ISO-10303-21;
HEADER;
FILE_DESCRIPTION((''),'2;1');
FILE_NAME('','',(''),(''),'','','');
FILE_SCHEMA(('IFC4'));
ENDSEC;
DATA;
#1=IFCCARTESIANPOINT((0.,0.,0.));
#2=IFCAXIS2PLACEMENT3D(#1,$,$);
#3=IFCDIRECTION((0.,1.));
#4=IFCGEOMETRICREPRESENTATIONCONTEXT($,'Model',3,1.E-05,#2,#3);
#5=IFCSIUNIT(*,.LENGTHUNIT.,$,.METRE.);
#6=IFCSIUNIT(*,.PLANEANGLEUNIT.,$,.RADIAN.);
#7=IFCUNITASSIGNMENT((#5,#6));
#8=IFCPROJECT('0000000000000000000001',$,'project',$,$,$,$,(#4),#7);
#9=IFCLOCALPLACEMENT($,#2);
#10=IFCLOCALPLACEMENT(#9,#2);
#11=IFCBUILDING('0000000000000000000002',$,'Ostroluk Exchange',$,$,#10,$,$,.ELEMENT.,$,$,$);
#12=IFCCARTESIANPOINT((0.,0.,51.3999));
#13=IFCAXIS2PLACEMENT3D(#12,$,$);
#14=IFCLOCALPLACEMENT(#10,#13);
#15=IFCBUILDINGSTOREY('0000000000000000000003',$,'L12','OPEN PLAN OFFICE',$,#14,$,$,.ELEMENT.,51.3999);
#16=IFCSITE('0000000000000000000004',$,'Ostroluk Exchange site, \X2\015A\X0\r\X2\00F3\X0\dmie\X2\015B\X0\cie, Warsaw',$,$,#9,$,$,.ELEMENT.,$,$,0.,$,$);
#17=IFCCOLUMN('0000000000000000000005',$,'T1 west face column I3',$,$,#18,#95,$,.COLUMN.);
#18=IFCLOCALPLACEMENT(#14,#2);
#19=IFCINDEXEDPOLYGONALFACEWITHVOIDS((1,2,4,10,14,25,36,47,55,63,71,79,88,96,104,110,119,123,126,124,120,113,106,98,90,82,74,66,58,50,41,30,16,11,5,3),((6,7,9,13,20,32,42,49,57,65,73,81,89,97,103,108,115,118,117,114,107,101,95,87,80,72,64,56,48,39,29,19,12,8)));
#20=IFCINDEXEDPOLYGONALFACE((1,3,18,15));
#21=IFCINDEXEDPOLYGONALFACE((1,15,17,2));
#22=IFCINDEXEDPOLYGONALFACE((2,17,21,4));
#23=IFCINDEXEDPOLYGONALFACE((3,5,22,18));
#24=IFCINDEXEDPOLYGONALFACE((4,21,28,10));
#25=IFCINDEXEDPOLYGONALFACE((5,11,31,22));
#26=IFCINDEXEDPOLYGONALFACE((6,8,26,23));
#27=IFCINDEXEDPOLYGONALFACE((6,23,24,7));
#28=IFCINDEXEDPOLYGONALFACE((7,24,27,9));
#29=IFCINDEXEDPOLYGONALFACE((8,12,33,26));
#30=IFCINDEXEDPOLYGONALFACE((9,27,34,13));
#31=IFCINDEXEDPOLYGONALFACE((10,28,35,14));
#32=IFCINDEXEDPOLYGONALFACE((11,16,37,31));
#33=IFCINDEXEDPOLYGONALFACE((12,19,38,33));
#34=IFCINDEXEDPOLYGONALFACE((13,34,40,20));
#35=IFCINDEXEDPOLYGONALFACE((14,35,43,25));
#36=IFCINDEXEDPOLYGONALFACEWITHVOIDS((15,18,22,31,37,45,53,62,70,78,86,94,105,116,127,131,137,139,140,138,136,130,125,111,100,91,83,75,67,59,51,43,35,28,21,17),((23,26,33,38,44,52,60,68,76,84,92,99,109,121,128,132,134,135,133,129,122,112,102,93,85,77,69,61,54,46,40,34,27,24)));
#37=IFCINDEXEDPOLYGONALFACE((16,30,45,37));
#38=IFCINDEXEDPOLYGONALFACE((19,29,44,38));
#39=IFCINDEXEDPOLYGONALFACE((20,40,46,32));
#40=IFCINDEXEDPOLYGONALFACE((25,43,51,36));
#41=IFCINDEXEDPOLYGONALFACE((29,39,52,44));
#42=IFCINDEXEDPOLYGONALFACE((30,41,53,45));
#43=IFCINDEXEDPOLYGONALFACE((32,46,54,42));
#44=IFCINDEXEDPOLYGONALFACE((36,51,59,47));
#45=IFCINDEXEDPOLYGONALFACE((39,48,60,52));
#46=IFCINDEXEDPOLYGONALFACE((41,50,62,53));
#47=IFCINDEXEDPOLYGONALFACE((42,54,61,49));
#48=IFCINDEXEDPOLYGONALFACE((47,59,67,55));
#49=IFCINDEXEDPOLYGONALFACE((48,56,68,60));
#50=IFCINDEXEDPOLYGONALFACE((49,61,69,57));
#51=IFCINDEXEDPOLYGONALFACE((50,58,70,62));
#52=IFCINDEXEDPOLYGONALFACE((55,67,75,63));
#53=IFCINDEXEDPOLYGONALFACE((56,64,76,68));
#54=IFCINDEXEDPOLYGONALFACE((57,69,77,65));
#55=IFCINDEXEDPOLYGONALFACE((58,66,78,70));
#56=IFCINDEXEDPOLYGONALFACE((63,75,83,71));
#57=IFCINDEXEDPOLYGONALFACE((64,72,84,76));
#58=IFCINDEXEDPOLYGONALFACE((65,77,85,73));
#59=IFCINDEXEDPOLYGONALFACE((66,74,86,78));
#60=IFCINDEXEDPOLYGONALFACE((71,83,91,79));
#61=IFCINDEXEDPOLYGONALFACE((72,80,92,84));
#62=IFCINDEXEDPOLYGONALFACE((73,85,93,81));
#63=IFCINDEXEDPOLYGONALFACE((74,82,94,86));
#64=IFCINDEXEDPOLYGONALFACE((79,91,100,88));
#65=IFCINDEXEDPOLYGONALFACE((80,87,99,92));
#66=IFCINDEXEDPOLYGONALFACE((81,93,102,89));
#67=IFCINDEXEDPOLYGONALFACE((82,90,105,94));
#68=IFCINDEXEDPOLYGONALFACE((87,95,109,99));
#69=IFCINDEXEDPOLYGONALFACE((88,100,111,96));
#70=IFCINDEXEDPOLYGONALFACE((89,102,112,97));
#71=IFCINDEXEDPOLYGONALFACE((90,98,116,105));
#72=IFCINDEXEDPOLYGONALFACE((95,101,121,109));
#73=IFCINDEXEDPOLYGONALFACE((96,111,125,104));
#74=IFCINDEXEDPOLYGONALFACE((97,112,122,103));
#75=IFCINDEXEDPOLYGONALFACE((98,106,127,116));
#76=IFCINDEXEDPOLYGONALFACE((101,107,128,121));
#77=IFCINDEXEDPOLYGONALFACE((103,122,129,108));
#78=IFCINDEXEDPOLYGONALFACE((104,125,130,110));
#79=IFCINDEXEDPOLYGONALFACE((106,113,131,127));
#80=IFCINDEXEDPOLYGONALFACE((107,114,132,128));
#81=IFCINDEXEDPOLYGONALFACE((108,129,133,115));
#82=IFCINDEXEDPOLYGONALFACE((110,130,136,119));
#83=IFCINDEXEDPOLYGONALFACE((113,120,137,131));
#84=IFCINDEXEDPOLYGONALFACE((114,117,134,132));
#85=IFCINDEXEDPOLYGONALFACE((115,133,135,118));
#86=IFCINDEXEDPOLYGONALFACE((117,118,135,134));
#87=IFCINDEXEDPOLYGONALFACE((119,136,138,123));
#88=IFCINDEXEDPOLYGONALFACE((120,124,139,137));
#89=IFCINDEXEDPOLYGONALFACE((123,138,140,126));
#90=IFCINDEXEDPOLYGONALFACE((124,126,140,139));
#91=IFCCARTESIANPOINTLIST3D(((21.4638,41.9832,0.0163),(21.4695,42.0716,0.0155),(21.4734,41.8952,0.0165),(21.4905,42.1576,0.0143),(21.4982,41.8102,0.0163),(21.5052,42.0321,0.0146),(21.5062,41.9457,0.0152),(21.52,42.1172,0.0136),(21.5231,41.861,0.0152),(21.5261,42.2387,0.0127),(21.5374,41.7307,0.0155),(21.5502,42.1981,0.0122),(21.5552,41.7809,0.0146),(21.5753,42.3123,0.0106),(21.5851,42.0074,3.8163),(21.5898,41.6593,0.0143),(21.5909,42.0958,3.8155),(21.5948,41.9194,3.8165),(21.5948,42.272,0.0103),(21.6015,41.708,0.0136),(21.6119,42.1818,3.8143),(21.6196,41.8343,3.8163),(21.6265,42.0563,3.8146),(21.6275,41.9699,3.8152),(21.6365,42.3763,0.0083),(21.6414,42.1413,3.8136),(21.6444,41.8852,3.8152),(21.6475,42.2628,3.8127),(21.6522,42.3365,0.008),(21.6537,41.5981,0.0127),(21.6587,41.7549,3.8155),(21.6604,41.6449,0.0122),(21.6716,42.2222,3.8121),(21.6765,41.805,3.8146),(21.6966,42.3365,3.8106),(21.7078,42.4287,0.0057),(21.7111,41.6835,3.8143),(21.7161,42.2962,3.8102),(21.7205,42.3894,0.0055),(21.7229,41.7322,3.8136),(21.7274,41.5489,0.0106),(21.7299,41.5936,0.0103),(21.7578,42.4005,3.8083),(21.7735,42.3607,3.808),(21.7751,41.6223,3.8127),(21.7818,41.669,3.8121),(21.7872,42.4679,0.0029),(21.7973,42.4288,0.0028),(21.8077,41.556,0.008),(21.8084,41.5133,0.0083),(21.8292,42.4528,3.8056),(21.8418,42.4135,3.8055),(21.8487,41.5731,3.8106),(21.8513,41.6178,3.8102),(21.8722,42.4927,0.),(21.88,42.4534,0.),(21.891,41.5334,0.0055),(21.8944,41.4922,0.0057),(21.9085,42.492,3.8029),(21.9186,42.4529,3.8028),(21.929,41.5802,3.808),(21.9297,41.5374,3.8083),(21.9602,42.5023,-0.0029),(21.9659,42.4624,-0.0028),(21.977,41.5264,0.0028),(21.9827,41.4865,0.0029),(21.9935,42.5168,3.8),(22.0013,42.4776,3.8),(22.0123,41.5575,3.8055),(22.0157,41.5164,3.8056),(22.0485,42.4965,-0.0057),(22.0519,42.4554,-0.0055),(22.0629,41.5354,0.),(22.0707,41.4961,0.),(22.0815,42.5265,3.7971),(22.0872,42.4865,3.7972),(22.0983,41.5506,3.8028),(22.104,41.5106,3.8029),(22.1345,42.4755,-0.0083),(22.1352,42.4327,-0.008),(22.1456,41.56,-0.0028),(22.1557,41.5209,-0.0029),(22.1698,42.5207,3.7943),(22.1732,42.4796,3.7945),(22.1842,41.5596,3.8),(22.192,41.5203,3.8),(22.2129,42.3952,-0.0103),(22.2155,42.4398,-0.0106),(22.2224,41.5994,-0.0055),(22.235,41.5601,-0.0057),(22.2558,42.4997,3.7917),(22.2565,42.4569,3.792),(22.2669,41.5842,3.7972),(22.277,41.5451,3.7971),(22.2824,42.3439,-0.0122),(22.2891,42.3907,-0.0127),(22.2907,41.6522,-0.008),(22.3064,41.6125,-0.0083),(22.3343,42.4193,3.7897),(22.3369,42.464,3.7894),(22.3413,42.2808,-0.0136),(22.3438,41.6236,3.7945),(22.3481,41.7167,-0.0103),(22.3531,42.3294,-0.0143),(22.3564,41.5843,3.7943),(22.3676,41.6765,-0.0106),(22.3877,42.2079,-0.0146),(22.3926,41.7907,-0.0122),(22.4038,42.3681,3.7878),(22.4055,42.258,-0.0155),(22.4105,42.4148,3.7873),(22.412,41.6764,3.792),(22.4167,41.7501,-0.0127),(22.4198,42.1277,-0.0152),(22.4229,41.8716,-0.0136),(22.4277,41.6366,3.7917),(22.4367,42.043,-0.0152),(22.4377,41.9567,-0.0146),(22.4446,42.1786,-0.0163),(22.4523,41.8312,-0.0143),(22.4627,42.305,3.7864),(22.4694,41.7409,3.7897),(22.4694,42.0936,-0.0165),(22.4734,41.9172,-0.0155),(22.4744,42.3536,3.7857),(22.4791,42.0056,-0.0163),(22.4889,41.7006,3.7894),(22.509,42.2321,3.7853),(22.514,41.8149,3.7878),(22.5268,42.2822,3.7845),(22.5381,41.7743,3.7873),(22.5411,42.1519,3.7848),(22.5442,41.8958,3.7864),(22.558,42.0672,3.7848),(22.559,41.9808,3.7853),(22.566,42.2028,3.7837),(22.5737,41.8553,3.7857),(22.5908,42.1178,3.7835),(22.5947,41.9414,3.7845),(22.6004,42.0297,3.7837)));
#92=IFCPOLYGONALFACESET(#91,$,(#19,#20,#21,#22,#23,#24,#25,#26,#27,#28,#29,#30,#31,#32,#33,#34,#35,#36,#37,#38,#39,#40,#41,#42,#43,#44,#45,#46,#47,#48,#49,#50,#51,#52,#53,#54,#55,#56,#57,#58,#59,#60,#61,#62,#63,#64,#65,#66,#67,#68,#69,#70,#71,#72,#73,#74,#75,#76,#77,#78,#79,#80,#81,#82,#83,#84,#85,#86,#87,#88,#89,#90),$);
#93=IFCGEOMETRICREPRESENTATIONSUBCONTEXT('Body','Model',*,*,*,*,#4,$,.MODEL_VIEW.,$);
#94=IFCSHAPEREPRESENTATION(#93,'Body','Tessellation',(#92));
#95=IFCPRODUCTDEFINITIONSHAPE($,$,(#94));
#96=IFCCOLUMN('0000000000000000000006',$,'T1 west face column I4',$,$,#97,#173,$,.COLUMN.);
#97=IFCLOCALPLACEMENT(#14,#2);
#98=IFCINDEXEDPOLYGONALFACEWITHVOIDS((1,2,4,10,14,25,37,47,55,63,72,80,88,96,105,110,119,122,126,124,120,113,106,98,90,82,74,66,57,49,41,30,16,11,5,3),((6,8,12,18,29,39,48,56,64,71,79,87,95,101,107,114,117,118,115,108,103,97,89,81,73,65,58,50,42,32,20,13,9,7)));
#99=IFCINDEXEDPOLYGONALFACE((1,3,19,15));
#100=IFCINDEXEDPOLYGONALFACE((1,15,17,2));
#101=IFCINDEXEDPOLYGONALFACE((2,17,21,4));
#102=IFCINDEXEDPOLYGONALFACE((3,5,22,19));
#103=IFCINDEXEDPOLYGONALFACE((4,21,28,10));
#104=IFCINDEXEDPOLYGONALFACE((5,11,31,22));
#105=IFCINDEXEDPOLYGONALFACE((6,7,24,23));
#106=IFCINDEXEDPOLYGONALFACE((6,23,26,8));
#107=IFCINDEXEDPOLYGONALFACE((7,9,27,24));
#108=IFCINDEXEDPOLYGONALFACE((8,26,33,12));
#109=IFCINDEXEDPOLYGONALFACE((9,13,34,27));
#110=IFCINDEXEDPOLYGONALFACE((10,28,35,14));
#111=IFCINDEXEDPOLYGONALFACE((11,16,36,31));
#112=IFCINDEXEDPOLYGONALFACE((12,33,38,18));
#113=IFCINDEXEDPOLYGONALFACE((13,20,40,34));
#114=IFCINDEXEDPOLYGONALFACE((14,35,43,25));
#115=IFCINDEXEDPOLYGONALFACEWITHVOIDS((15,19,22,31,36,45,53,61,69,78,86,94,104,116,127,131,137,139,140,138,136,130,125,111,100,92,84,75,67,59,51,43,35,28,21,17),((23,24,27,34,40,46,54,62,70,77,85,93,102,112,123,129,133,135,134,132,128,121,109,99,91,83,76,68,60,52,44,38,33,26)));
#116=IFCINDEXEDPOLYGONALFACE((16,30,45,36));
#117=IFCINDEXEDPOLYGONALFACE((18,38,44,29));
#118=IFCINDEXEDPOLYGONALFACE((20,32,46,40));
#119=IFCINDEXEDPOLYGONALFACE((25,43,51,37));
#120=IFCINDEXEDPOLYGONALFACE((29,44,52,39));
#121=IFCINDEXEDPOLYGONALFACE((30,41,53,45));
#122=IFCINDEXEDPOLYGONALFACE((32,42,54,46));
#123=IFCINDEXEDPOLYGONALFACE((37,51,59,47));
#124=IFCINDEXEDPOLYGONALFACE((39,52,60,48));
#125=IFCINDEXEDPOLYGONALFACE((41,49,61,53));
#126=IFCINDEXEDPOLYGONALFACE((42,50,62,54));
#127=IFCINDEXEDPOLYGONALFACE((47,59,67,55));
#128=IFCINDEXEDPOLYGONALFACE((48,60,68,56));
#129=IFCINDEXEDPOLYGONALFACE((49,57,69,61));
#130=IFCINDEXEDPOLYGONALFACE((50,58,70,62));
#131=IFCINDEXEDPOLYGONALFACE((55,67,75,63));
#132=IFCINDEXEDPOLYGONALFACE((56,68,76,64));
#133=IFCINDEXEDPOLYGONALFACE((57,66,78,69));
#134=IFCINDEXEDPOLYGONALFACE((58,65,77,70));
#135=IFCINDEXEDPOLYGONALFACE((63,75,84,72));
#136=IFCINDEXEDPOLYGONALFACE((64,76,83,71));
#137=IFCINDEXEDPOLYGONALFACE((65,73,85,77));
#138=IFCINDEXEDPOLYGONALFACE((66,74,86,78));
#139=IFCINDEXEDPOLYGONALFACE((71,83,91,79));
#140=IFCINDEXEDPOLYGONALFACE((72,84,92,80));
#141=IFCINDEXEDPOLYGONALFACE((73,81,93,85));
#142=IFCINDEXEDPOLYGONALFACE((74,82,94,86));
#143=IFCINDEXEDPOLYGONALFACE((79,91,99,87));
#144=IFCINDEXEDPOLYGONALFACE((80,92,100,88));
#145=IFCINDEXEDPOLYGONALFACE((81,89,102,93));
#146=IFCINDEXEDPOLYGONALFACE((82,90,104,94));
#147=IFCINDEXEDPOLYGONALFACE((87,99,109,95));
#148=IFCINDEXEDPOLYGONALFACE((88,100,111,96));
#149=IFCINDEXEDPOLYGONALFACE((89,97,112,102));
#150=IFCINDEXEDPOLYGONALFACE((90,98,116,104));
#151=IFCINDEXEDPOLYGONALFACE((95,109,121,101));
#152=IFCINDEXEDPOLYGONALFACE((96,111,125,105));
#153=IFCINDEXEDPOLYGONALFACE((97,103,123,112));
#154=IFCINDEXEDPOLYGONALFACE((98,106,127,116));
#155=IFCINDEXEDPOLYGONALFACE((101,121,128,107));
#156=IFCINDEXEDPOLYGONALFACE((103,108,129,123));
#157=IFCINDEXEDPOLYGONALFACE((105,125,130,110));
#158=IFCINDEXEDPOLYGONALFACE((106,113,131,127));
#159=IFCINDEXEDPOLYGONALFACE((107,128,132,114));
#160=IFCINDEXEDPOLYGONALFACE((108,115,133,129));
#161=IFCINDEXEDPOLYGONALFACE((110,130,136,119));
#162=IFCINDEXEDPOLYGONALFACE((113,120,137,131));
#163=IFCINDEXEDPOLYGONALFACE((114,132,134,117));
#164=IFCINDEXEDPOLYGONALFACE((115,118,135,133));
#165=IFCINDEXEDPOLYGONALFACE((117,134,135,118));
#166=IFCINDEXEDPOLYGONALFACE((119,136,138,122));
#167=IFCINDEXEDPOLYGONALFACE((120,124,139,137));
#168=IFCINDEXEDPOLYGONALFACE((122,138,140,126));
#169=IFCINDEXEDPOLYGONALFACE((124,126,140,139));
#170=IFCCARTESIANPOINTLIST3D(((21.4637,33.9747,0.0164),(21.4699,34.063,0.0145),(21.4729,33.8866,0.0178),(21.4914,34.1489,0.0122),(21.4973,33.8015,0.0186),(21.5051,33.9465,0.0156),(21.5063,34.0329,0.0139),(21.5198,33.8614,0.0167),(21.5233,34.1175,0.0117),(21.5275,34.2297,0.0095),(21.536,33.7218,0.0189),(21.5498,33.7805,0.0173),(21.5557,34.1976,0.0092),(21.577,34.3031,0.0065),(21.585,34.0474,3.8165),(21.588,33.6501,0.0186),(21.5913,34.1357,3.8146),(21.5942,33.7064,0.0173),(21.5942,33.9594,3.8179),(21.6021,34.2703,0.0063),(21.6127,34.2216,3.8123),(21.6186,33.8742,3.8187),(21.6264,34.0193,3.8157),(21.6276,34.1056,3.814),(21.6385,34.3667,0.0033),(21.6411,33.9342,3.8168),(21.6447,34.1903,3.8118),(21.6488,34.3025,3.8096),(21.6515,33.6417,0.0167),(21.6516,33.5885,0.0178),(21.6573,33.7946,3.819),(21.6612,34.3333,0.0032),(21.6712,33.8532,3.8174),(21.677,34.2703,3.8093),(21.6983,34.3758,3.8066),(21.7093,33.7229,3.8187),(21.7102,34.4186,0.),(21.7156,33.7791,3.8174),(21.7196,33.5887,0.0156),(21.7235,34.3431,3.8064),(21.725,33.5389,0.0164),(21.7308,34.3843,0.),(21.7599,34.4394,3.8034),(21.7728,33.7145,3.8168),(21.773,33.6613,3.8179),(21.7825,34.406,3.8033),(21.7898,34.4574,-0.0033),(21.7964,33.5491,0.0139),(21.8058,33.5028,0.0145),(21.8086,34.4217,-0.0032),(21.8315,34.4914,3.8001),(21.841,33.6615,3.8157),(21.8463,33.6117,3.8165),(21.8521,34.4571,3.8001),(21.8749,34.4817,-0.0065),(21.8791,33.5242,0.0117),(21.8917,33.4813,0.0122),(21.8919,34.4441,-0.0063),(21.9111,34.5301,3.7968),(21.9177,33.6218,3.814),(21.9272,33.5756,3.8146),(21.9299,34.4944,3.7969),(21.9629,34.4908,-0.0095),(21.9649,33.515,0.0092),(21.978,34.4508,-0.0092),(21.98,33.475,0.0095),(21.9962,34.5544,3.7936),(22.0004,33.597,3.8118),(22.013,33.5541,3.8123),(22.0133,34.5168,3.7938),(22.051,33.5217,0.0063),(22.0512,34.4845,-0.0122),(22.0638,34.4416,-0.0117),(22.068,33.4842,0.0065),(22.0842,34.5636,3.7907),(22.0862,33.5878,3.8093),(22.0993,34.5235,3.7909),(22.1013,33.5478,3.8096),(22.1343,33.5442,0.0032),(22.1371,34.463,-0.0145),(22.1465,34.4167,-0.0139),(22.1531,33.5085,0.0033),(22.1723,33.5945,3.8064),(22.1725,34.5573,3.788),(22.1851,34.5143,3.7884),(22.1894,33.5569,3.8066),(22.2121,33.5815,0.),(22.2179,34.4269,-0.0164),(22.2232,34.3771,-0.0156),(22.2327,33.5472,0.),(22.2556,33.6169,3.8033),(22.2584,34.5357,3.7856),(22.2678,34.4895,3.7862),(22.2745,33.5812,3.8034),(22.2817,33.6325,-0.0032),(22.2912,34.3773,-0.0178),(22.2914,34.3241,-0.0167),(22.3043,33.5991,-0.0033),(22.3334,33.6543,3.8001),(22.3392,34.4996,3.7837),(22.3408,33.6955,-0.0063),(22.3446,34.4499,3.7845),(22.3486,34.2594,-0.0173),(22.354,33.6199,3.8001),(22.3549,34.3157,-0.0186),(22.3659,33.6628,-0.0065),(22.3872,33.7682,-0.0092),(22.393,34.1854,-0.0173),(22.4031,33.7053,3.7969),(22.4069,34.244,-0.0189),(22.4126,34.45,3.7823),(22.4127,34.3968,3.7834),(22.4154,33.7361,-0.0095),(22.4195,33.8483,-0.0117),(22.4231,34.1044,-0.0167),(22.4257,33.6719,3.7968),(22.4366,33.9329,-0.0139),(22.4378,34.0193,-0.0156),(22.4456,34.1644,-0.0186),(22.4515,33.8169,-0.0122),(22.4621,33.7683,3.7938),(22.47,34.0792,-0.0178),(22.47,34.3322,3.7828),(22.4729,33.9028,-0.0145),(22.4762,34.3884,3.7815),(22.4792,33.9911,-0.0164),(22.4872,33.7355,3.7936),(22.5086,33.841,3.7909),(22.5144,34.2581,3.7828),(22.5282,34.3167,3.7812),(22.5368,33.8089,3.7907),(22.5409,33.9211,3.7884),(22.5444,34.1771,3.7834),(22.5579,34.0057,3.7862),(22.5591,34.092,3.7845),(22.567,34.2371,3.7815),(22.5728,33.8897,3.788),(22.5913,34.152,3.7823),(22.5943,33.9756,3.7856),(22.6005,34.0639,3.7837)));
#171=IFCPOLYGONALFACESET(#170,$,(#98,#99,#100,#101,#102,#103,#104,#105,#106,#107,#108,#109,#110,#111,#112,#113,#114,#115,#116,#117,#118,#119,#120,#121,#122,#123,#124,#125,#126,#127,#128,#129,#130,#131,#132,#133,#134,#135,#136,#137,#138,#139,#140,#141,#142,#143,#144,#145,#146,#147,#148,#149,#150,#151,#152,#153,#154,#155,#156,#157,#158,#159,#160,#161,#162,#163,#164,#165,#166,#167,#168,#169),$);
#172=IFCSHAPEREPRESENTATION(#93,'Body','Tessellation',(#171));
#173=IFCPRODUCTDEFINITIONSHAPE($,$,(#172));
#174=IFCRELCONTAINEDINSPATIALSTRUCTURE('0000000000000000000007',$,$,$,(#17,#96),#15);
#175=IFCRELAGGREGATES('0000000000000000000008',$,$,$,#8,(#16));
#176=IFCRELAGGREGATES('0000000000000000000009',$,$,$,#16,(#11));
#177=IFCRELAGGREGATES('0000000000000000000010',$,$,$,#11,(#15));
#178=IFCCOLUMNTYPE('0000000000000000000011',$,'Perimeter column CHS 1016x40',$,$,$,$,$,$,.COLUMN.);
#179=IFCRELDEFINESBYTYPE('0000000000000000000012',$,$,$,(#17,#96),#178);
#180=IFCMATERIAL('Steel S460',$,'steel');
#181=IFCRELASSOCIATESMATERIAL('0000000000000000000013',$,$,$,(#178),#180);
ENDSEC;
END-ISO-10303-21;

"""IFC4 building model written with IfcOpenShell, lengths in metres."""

from ifc_helpers import new_model, si_unit, direction, frame, origin, origin_2d, place, context, subcontext, project, spatial, hollow_circle, extrude, material, material_profile, profile_set, type_object, element, save


model = new_model("IFC4")

# Units and contexts
model_context = context("Model", 3, precision=1e-05, world=origin(), true_north=direction((0.0, 1.0)))
body_context = subcontext(model_context, "Body", "Model", "MODEL_VIEW")
ifc_project = project(units=[si_unit("LENGTHUNIT", "METRE"), si_unit("PLANEANGLEUNIT", "RADIAN")], contexts=[model_context])

# Site, building, storey
site_placement = place(None, origin())
site = spatial("IfcSite", under=ifc_project, at=site_placement, Name="Ostroluk Exchange site, Śródmieście, Warsaw", CompositionType="ELEMENT", RefElevation=0.0)
building_placement = place(site_placement, origin())
building = spatial("IfcBuilding", under=site, at=building_placement, Name="Ostroluk Exchange", CompositionType="ELEMENT")
storey_placement = place(building_placement, frame((0.0, 0.0, 51.3999)))
storey = spatial("IfcBuildingStorey", under=building, at=storey_placement, Name="L12", Description="OPEN PLAN OFFICE", CompositionType="ELEMENT", Elevation=51.3999)

# Columns
ifc_material_1 = material(Name="Steel S460", Category="steel")
ifc_material_profile_1 = material_profile(ifc_material_1, hollow_circle(Radius=0.5081, WallThickness=0.04, at=origin_2d()), Name="CHS 1016x40")
ifc_profile_set_1 = profile_set([ifc_material_profile_1], Name="Steel S460")
column_type = type_object("IfcColumnType", Name="Perimeter column CHS 1016x40", PredefinedType="COLUMN", material=ifc_profile_set_1)
column_1_placement = place(storey_placement, frame((21.9714, 41.9944, 0.0), z_axis=(0.031914, 0.006357, 0.99947), x_axis=(-0.195357, 0.980732, 0.0)))
element("IfcColumn", 1, at=column_1_placement, inside=storey, type_object=column_type, Name="T1 west face column I3", PredefinedType="COLUMN", context=body_context, shape_type="SweptSolid", body=[
    extrude(hollow_circle(Radius=0.5081, WallThickness=0.04, at=origin_2d()), origin(), (0.0, 0.0, 1.0), 3.802),
])
column_2_placement = place(storey_placement, frame((21.9714, 33.9829, 0.0), z_axis=(0.031909, 0.019132, 0.999308), x_axis=(-0.514242, 0.857645, 0.0)))
element("IfcColumn", 2, at=column_2_placement, inside=storey, type_object=column_type, Name="T1 west face column I4", PredefinedType="COLUMN", context=body_context, shape_type="SweptSolid", body=[
    extrude(hollow_circle(Radius=0.5081, WallThickness=0.04, at=origin_2d()), origin(), (0.0, 0.0, 1.0), 3.8027),
])

save(model, "model.ifc")
